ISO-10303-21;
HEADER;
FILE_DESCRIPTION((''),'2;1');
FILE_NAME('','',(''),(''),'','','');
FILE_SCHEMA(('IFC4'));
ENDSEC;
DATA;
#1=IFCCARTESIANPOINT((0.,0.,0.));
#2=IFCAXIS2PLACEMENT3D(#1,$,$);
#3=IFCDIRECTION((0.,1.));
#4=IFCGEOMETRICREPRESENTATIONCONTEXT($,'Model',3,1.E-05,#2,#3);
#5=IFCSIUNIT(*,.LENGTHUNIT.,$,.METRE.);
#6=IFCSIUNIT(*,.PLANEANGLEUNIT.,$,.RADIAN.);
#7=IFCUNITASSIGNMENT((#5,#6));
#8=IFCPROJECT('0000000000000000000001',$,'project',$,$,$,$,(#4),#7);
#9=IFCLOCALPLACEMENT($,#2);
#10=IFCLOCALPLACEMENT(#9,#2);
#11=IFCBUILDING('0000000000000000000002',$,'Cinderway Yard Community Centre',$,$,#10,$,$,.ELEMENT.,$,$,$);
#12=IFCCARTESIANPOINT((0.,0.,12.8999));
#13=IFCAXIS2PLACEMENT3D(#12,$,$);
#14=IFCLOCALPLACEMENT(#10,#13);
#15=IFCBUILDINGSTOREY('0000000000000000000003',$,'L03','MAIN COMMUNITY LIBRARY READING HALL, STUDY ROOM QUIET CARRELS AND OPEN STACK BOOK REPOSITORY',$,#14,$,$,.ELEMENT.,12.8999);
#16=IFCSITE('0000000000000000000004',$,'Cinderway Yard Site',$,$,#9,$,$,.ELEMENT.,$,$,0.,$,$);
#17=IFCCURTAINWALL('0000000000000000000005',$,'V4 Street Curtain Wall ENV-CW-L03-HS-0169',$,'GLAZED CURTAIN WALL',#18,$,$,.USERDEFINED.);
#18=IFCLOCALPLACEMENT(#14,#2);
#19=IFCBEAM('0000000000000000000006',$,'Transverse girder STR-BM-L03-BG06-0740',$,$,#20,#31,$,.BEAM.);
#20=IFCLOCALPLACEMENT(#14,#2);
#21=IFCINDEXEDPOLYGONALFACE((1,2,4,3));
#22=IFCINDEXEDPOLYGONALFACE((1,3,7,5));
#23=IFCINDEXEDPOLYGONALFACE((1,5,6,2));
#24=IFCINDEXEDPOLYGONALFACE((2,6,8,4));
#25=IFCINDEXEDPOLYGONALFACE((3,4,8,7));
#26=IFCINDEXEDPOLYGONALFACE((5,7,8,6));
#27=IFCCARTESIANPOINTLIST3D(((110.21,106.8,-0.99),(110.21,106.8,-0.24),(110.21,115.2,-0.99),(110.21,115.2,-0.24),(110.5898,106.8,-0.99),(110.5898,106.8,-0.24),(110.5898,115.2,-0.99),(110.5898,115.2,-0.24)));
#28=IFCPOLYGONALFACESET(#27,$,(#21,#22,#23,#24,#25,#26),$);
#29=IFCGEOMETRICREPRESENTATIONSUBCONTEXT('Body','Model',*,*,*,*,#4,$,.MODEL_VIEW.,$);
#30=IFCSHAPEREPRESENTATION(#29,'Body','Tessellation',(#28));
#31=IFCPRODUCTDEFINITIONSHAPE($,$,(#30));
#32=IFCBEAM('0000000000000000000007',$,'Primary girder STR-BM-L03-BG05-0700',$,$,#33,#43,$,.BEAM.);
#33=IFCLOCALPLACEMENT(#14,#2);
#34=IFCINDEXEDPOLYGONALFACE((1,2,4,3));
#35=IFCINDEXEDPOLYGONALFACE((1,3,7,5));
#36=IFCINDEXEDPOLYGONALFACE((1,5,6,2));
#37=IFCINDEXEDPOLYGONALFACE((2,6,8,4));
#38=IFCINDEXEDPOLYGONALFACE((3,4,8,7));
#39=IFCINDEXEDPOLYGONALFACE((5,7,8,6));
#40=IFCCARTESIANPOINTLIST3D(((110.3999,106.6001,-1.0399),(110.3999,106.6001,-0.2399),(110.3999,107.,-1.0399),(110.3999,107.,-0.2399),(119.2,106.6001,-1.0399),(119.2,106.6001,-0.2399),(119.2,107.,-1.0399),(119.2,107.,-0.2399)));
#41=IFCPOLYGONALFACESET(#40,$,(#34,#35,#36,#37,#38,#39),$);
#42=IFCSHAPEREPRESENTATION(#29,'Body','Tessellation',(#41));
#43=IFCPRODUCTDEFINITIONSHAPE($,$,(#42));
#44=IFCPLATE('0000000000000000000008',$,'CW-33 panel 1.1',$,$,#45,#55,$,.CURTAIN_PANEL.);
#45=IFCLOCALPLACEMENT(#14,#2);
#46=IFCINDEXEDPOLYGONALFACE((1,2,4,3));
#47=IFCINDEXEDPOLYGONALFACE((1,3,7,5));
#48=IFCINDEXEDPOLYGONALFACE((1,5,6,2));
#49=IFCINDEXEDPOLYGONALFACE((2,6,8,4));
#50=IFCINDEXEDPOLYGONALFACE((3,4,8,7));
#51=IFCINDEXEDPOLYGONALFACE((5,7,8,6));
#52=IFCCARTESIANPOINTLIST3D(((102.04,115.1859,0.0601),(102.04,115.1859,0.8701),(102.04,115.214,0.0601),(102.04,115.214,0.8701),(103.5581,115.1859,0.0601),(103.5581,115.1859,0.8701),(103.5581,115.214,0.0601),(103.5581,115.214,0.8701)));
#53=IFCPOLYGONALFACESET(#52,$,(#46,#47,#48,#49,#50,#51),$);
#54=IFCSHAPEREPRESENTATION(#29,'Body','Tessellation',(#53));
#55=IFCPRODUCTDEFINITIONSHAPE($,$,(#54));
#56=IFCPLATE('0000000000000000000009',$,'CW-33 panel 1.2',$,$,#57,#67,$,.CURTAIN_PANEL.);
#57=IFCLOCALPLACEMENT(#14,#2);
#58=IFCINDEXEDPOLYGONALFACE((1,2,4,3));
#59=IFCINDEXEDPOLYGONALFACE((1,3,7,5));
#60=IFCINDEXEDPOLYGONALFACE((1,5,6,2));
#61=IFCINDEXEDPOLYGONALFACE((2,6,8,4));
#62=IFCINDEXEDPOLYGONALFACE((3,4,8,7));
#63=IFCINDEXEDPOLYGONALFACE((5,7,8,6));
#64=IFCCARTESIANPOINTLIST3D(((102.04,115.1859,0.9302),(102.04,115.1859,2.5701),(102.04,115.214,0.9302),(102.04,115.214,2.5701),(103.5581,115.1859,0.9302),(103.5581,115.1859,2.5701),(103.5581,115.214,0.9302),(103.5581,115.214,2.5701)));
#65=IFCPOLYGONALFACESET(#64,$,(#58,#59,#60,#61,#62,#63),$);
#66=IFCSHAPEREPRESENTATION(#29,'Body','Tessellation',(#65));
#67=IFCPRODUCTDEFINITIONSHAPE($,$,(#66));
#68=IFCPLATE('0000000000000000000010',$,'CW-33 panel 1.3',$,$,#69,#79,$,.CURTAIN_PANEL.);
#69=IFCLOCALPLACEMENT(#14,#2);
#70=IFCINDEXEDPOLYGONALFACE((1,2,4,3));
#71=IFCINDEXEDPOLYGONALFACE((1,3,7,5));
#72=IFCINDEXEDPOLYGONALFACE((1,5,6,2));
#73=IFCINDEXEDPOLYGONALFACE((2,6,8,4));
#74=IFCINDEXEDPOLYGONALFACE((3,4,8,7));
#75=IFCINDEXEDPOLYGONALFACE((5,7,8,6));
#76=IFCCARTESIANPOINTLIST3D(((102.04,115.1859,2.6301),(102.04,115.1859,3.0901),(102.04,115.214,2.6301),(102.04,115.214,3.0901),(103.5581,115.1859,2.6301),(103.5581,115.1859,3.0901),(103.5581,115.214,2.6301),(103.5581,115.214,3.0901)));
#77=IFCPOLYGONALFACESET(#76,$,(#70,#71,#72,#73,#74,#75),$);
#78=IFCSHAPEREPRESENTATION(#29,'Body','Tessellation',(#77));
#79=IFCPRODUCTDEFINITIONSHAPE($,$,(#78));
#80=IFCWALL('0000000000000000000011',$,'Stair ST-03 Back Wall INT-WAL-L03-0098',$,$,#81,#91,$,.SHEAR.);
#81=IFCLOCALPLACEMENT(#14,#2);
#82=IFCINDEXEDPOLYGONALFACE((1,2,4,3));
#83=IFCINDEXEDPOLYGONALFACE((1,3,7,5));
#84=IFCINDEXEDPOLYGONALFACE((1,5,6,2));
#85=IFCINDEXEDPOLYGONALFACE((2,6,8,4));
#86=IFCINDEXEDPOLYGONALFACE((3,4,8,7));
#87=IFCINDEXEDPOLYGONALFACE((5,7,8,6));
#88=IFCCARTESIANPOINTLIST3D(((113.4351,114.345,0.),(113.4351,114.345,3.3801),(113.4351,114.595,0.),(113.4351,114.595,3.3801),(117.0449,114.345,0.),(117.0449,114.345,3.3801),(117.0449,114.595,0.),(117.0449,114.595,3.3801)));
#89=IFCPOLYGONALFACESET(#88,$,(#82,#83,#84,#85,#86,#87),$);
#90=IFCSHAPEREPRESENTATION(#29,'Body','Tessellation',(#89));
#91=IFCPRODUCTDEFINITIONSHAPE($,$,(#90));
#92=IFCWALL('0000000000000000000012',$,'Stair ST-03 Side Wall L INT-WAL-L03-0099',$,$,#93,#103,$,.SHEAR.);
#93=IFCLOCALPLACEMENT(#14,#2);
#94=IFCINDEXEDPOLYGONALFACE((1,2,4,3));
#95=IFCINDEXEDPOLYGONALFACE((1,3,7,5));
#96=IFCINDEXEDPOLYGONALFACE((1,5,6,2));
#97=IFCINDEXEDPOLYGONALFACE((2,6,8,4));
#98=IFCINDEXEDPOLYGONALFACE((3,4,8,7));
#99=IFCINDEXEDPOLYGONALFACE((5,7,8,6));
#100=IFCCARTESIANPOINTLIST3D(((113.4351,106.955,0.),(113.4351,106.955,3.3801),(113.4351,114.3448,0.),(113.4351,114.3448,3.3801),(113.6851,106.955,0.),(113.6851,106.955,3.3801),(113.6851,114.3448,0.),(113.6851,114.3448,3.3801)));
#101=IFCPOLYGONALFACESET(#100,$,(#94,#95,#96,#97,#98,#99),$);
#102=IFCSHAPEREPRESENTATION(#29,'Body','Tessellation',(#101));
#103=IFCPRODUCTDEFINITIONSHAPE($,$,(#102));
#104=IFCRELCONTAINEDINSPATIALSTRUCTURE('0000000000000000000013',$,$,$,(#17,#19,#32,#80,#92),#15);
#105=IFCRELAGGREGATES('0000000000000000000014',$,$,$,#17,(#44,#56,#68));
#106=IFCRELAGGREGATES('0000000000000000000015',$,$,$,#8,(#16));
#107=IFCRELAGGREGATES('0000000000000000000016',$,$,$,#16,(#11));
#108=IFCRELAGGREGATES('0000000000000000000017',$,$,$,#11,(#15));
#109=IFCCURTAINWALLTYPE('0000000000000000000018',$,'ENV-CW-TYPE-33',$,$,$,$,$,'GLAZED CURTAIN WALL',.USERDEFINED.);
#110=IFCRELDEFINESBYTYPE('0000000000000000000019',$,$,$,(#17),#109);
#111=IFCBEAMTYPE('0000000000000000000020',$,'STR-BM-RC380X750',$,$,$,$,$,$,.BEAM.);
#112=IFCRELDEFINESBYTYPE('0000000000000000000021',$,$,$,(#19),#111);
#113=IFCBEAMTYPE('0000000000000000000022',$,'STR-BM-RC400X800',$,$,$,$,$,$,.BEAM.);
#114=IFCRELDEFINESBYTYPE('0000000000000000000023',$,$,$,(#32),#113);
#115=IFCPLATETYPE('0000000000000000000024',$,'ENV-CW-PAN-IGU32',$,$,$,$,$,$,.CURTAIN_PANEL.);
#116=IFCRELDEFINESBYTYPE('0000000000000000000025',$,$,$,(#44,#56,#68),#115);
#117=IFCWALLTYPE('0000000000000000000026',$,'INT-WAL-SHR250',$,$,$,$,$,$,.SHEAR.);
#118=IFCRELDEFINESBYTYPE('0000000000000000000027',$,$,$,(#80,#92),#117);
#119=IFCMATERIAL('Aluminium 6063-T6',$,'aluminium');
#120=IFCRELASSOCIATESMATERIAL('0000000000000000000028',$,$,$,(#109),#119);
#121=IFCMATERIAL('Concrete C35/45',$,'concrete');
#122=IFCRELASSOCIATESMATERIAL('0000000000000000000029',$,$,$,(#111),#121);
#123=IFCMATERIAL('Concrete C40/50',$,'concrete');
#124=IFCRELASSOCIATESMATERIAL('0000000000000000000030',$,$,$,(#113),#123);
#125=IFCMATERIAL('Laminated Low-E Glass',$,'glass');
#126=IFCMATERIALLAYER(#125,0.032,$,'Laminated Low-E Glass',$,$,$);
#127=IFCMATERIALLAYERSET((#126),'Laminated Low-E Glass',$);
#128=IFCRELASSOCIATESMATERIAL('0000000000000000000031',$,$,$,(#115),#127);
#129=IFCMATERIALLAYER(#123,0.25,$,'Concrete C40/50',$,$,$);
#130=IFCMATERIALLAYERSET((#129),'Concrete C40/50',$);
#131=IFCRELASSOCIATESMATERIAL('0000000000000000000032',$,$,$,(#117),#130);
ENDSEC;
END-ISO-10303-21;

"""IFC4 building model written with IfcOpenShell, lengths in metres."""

from ifc_helpers import new_model, si_unit, direction, frame, frame_2d, origin, origin_2d, place, context, subcontext, project, spatial, rectangle, extrude, material, layer, layer_set, material_profile, profile_set, type_object, element, aggregate, save


model = new_model("IFC4")

# Units and contexts
model_context = context("Model", 3, precision=1e-05, world=origin(), true_north=direction((0.0, 1.0)))
body_context = subcontext(model_context, "Body", "Model", "MODEL_VIEW")
ifc_project = project(units=[si_unit("LENGTHUNIT", "METRE"), si_unit("PLANEANGLEUNIT", "RADIAN")], contexts=[model_context])

# Site, building, storey
site_placement = place(None, origin())
site = spatial("IfcSite", under=ifc_project, at=site_placement, Name="Cinderway Yard Site", CompositionType="ELEMENT", RefElevation=0.0)
building_placement = place(site_placement, origin())
building = spatial("IfcBuilding", under=site, at=building_placement, Name="Cinderway Yard Community Centre", CompositionType="ELEMENT")
storey_placement = place(building_placement, frame((0.0, 0.0, 12.8999)))
storey = spatial("IfcBuildingStorey", under=building, at=storey_placement, Name="L03", Description="MAIN COMMUNITY LIBRARY READING HALL, STUDY ROOM QUIET CARRELS AND OPEN STACK BOOK REPOSITORY", CompositionType="ELEMENT", Elevation=12.8999)

# Shared definitions
ifc_material_1 = material(Name="Concrete C40/50", Category="concrete")

# Curtain wall
ifc_material_2 = material(Name="Aluminium 6063-T6", Category="aluminium")
curtain_wall_type = type_object("IfcCurtainWallType", Name="ENV-CW-TYPE-33", ElementType="GLAZED CURTAIN WALL", PredefinedType="USERDEFINED", material=ifc_material_2)
curtain_wall_placement = place(storey_placement, origin())
curtain_wall = element("IfcCurtainWall", 1, at=curtain_wall_placement, inside=storey, type_object=curtain_wall_type, Name="V4 Street Curtain Wall ENV-CW-L03-HS-0169", ObjectType="GLAZED CURTAIN WALL", PredefinedType="USERDEFINED")

# Beams
ifc_material_3 = material(Name="Concrete C35/45", Category="concrete")
ifc_material_profile_1 = material_profile(ifc_material_3, rectangle(XDim=0.3799, YDim=0.75, at=origin_2d()), Name="Concrete C35/45")
ifc_profile_set_1 = profile_set([ifc_material_profile_1], Name="Concrete C35/45")
beam_type_1 = type_object("IfcBeamType", Name="STR-BM-RC380X750", PredefinedType="BEAM", material=ifc_profile_set_1)
beam_1_placement = place(storey_placement, frame((110.3999, 106.8, -0.615), z_axis=(0.0, 1.0, 0.0), x_axis=(-1.0, 0.0, 0.0)))
element("IfcBeam", 2, at=beam_1_placement, inside=storey, type_object=beam_type_1, Name="Transverse girder STR-BM-L03-BG06-0740", PredefinedType="BEAM", context=body_context, shape_type="SweptSolid", body=[
    extrude(rectangle(XDim=0.3799, YDim=0.75, at=origin_2d()), origin(), (0.0, 0.0, 1.0), 8.3999),
])
ifc_material_profile_2 = material_profile(ifc_material_1, rectangle(XDim=0.3999, YDim=0.8, at=origin_2d()), Name="Concrete C40/50")
ifc_profile_set_2 = profile_set([ifc_material_profile_2], Name="Concrete C40/50")
beam_type_2 = type_object("IfcBeamType", Name="STR-BM-RC400X800", PredefinedType="BEAM", material=ifc_profile_set_2)
beam_2_placement = place(storey_placement, frame((110.3999, 106.8, -0.6399), z_axis=(1.0, 0.0, 0.0), x_axis=(0.0, 1.0, 0.0)))
element("IfcBeam", 3, at=beam_2_placement, inside=storey, type_object=beam_type_2, Name="Primary girder STR-BM-L03-BG05-0700", PredefinedType="BEAM", context=body_context, shape_type="SweptSolid", body=[
    extrude(rectangle(XDim=0.3999, YDim=0.8, at=origin_2d()), origin(), (0.0, 0.0, 1.0), 8.8),
])

# Plates
ifc_material_4 = material(Name="Laminated Low-E Glass", Category="glass")
ifc_layer_1 = layer(ifc_material_4, 0.032, Name="Laminated Low-E Glass")
ifc_layer_set_1 = layer_set([ifc_layer_1], Name="Laminated Low-E Glass")
plate_type = type_object("IfcPlateType", Name="ENV-CW-PAN-IGU32", PredefinedType="CURTAIN_PANEL", material=ifc_layer_set_1)
plate_1_placement = place(storey_placement, frame((102.7991, 115.2, 0.0601), z_axis=(0.0, 0.0, 1.0), x_axis=(1.0, 0.0, 0.0)))
plate_1 = element("IfcPlate", 4, at=plate_1_placement, type_object=plate_type, Name="CW-33 panel 1.1", PredefinedType="CURTAIN_PANEL", context=body_context, shape_type="SweptSolid", body=[
    extrude(rectangle(XDim=1.5181, YDim=0.0281, at=origin_2d()), origin(), (0.0, 0.0, 1.0), 0.8101),
])
plate_2_placement = place(storey_placement, frame((102.7991, 115.2, 0.9302), z_axis=(0.0, 0.0, 1.0), x_axis=(1.0, 0.0, 0.0)))
plate_2 = element("IfcPlate", 5, at=plate_2_placement, type_object=plate_type, Name="CW-33 panel 1.2", PredefinedType="CURTAIN_PANEL", context=body_context, shape_type="SweptSolid", body=[
    extrude(rectangle(XDim=1.5181, YDim=0.0281, at=origin_2d()), origin(), (0.0, 0.0, 1.0), 1.6399),
])
plate_3_placement = place(storey_placement, frame((102.7991, 115.2, 2.6301), z_axis=(0.0, 0.0, 1.0), x_axis=(1.0, 0.0, 0.0)))
plate_3 = element("IfcPlate", 6, at=plate_3_placement, type_object=plate_type, Name="CW-33 panel 1.3", PredefinedType="CURTAIN_PANEL", context=body_context, shape_type="SweptSolid", body=[
    extrude(rectangle(XDim=1.5181, YDim=0.0281, at=origin_2d()), origin(), (0.0, 0.0, 1.0), 0.46),
])
aggregate(curtain_wall, [plate_1, plate_2, plate_3])

# Walls
ifc_layer_2 = layer(ifc_material_1, 0.25, Name="Concrete C40/50")
ifc_layer_set_2 = layer_set([ifc_layer_2], Name="Concrete C40/50")
wall_type = type_object("IfcWallType", Name="INT-WAL-SHR250", PredefinedType="SHEAR", material=ifc_layer_set_2)
wall_1_placement = place(storey_placement, frame((113.4351, 114.47, 0.0), z_axis=(0.0, 0.0, 1.0), x_axis=(1.0, 0.0, 0.0)))
element("IfcWall", 7, at=wall_1_placement, inside=storey, type_object=wall_type, Name="Stair ST-03 Back Wall INT-WAL-L03-0098", PredefinedType="SHEAR", context=body_context, shape_type="SweptSolid", body=[
    extrude(rectangle(XDim=3.6099, YDim=0.25, at=frame_2d((1.8049, 0.0))), origin(), (0.0, 0.0, 1.0), 3.3801),
])
wall_2_placement = place(storey_placement, frame((113.5601, 106.9551, 0.0), z_axis=(0.0, 0.0, 1.0), x_axis=(0.0, 1.0, 0.0)))
element("IfcWall", 8, at=wall_2_placement, inside=storey, type_object=wall_type, Name="Stair ST-03 Side Wall L INT-WAL-L03-0099", PredefinedType="SHEAR", context=body_context, shape_type="SweptSolid", body=[
    extrude(rectangle(XDim=7.3899, YDim=0.25, at=frame_2d((3.6948, 0.0))), origin(), (0.0, 0.0, 1.0), 3.3801),
])

save(model, "model.ifc")
